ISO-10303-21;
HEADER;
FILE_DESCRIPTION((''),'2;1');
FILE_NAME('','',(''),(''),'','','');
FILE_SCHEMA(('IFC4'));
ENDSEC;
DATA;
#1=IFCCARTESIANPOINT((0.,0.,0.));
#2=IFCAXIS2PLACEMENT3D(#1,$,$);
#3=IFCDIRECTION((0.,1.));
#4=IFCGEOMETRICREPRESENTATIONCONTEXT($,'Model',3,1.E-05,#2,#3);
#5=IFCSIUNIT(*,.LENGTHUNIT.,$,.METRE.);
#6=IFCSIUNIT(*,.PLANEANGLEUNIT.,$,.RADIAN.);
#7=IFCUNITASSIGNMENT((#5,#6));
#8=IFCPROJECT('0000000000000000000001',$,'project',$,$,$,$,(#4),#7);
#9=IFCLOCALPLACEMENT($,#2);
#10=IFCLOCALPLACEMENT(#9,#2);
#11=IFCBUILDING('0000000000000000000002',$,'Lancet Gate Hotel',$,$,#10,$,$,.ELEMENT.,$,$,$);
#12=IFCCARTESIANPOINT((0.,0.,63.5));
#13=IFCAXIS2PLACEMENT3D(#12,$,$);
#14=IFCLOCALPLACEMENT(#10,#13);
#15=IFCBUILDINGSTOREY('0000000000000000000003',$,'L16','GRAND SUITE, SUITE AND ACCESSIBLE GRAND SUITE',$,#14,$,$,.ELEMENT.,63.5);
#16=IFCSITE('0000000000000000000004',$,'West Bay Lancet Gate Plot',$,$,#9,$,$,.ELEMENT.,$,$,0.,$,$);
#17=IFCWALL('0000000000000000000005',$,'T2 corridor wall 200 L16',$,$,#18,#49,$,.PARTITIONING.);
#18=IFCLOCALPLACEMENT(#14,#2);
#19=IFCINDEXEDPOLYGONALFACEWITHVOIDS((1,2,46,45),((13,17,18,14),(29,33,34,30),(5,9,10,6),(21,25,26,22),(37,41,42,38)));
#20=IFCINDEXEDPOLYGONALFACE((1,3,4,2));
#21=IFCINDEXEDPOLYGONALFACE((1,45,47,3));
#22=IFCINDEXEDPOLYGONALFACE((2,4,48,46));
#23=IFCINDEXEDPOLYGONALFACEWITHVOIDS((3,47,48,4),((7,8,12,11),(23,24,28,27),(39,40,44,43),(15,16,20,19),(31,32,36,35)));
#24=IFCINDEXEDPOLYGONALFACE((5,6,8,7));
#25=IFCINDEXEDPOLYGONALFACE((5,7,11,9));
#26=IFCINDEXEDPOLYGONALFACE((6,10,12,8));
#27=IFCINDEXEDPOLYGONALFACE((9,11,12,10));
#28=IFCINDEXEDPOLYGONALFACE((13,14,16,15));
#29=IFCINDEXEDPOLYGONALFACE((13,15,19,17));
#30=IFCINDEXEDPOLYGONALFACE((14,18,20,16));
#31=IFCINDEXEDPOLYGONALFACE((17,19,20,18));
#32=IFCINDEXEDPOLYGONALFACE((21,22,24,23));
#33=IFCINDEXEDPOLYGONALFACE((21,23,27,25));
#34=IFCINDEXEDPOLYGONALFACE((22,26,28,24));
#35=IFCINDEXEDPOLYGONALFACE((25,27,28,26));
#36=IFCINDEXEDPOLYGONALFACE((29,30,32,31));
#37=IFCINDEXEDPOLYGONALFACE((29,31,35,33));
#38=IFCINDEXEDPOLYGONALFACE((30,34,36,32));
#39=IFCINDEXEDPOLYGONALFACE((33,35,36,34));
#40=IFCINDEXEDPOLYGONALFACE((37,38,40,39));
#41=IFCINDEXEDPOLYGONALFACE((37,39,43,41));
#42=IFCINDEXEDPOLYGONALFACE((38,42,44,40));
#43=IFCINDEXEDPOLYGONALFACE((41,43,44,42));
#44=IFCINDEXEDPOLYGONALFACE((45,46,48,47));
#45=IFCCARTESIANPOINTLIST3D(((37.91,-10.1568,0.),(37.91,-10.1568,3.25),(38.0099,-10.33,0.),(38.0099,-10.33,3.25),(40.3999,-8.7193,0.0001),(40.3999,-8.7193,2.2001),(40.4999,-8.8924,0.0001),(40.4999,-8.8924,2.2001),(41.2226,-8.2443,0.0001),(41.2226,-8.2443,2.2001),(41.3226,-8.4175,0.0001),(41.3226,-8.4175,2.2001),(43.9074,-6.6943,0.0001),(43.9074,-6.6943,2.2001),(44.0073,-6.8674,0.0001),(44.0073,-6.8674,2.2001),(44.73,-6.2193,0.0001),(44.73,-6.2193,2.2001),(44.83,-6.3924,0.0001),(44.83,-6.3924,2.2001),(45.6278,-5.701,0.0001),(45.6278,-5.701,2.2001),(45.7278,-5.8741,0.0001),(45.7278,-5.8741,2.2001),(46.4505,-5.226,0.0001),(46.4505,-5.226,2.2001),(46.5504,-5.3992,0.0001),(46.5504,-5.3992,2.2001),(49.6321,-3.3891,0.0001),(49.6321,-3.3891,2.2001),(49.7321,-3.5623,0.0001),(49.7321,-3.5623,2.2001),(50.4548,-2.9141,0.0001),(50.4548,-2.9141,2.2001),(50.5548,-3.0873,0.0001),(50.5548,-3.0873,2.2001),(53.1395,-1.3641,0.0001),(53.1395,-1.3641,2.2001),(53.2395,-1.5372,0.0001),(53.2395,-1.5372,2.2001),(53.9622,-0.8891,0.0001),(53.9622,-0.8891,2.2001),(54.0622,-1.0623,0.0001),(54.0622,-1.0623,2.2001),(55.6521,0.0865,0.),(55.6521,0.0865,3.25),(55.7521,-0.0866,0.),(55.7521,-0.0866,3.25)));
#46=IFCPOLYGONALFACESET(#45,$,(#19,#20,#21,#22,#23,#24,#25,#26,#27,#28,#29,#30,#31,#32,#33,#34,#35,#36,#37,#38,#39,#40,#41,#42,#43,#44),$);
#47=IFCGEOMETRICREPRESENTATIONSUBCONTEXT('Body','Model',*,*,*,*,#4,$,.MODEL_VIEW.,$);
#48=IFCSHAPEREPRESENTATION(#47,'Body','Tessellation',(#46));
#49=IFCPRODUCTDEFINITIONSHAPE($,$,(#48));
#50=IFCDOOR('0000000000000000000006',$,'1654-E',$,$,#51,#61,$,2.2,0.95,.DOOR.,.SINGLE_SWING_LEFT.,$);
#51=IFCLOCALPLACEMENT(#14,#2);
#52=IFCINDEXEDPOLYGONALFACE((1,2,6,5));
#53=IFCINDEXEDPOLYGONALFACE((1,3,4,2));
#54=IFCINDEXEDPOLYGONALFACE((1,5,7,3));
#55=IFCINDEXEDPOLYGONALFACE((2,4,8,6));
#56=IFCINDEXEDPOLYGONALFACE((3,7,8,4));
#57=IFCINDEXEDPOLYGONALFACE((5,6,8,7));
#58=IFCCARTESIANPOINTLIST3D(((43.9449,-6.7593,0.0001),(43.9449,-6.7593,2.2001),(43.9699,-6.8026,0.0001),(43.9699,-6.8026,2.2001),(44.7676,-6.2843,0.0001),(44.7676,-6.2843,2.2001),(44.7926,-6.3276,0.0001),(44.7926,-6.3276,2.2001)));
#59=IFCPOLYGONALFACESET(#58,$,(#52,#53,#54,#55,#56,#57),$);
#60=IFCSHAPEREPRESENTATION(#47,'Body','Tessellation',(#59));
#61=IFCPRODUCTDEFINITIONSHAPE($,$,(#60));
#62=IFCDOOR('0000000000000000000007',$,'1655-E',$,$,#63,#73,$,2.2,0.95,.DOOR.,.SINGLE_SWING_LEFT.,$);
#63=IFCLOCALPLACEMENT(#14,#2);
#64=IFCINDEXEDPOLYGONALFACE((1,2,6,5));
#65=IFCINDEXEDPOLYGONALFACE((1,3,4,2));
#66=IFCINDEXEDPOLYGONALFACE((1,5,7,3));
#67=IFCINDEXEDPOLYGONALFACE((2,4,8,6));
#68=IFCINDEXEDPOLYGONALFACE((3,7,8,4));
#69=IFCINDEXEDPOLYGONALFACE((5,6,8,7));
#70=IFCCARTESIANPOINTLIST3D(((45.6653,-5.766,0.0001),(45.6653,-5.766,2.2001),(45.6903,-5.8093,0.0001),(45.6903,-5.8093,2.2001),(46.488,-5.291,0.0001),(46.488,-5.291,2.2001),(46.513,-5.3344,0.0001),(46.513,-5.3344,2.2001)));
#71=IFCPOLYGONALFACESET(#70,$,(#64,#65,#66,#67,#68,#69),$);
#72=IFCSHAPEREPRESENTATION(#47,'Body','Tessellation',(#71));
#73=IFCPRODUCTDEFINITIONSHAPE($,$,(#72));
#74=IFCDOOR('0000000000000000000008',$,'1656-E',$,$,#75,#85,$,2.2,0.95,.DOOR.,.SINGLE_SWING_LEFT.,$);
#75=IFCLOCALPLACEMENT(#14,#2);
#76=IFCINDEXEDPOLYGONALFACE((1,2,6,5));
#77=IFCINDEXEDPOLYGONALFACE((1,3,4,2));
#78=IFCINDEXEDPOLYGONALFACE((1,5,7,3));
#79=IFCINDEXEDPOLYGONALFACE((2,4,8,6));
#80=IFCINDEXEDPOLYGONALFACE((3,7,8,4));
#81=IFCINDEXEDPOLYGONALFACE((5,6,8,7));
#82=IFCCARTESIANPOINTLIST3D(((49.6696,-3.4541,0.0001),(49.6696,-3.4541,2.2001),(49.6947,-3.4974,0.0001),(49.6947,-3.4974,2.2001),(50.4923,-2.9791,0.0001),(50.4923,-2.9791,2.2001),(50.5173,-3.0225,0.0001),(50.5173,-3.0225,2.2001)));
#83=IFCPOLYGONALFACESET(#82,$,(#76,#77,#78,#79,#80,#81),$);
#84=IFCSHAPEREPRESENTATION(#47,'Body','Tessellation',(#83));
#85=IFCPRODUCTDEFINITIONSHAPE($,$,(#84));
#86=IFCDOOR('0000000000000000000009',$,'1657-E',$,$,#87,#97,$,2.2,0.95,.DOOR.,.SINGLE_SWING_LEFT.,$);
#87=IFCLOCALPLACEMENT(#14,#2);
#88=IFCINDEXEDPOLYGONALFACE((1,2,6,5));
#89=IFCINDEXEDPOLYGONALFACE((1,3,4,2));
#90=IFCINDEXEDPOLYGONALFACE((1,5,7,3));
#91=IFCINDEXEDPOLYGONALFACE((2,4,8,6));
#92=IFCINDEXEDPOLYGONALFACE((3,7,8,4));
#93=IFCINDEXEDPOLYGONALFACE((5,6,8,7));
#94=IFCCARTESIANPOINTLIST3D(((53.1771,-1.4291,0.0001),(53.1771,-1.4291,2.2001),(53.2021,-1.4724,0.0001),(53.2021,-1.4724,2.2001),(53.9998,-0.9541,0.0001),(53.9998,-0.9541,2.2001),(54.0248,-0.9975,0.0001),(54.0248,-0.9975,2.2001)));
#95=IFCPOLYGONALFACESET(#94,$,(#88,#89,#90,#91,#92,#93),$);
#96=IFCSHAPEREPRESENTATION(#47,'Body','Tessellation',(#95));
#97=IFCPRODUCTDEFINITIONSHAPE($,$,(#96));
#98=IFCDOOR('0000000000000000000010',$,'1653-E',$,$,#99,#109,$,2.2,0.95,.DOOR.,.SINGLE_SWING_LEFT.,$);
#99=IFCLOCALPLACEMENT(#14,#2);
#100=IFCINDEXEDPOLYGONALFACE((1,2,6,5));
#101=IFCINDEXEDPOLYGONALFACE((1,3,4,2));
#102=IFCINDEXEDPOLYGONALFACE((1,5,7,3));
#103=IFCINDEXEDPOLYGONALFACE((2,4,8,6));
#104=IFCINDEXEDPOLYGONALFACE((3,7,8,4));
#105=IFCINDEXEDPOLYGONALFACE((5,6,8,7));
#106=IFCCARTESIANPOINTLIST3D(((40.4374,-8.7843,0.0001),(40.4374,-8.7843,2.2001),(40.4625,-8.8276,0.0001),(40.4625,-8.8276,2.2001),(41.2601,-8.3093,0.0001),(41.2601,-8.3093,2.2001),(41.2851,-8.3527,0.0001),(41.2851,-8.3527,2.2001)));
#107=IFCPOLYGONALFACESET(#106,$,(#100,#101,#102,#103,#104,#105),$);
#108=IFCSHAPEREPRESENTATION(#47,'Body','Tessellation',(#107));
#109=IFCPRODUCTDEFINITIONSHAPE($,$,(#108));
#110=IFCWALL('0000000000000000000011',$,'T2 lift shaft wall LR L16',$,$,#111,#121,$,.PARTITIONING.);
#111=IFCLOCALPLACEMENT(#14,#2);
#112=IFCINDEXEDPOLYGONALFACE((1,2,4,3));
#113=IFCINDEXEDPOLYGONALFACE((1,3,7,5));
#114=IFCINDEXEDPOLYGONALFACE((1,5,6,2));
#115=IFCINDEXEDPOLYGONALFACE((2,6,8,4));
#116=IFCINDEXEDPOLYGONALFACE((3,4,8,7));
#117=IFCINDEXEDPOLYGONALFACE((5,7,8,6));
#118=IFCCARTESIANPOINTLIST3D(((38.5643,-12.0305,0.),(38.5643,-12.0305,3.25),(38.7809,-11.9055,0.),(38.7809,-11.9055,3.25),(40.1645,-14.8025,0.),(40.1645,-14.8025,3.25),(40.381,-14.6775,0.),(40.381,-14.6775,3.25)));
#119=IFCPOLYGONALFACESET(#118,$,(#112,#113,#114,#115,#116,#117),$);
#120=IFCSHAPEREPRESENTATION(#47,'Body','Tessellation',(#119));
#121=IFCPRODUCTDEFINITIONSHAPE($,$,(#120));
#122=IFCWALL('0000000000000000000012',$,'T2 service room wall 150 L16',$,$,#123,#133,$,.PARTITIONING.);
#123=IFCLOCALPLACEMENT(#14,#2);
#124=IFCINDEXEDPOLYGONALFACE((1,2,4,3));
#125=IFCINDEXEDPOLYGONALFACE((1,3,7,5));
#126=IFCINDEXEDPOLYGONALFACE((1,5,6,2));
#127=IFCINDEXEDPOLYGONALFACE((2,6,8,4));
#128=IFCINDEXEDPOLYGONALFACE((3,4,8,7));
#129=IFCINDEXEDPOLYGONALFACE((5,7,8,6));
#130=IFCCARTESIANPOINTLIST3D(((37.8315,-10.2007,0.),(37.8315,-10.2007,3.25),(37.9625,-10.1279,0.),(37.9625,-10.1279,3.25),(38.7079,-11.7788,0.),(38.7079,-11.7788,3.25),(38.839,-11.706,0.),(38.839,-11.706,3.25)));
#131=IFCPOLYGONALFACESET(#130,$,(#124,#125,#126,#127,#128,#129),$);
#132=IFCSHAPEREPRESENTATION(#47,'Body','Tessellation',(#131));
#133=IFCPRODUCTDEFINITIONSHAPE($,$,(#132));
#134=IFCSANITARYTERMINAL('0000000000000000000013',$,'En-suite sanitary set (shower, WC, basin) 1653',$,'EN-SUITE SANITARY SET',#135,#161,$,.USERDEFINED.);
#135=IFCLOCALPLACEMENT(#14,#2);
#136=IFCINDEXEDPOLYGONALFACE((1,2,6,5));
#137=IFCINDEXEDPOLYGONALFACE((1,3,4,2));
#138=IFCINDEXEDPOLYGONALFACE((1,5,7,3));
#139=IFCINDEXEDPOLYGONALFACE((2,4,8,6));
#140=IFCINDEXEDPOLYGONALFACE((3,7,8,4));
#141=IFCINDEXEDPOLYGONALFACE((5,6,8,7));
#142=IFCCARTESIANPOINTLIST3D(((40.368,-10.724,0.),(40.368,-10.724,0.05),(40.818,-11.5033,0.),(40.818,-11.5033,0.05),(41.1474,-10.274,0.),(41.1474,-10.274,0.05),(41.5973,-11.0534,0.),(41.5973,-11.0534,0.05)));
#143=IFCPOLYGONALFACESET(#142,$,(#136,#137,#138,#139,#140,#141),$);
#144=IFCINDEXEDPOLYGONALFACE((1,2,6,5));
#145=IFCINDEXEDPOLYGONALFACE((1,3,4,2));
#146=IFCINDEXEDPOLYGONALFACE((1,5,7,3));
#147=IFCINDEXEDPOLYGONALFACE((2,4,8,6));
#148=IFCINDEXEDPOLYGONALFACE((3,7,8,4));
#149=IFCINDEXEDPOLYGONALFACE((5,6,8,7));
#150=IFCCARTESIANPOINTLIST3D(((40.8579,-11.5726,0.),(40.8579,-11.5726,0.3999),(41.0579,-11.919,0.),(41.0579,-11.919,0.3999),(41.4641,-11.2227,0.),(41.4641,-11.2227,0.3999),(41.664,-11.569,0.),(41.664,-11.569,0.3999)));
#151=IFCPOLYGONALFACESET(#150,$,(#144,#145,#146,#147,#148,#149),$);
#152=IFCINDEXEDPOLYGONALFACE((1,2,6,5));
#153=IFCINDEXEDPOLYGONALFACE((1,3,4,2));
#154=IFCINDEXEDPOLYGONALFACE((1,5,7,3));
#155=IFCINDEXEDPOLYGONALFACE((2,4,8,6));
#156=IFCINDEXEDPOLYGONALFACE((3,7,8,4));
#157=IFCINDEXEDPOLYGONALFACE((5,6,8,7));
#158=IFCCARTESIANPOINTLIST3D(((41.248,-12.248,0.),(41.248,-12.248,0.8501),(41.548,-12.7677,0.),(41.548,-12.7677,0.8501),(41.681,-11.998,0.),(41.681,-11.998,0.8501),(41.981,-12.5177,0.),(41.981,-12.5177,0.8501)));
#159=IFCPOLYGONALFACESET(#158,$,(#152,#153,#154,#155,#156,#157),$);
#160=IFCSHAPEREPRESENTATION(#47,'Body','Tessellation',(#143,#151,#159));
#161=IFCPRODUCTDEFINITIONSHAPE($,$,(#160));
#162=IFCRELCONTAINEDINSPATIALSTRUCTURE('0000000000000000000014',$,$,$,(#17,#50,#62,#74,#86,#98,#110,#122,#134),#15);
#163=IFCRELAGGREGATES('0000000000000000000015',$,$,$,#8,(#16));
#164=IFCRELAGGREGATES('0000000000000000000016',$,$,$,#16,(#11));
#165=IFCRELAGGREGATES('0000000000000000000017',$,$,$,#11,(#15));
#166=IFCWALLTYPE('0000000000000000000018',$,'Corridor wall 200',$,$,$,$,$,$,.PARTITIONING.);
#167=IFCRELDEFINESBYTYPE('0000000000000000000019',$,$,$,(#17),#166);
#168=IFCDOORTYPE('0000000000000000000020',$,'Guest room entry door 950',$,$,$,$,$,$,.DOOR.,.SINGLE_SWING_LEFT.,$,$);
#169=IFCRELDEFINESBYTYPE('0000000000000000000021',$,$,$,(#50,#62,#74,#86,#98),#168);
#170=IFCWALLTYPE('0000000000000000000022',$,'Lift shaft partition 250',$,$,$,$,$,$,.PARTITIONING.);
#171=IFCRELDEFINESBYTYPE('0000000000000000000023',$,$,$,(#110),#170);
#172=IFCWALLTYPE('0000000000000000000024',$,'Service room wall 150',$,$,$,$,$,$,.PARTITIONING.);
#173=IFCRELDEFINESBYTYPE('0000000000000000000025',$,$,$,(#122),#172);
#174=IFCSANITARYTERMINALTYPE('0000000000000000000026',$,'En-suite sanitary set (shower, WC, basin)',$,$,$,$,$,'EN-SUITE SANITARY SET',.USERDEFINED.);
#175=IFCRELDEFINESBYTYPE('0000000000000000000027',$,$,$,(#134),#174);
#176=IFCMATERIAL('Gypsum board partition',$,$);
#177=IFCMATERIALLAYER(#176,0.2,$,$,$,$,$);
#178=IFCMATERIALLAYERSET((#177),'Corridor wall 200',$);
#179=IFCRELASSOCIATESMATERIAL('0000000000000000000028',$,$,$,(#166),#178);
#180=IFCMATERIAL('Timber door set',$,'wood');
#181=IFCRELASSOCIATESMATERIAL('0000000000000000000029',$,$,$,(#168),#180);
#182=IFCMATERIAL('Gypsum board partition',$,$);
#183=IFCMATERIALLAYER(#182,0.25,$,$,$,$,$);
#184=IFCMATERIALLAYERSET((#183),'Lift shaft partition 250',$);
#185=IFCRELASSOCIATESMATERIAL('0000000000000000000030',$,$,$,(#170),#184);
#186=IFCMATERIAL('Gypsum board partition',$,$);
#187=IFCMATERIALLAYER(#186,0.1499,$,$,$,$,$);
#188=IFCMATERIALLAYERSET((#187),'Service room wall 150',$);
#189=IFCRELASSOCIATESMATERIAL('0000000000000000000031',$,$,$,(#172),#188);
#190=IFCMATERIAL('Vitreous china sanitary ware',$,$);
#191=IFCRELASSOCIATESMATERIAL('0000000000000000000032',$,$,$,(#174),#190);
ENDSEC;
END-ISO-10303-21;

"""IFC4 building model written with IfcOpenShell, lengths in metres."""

from ifc_helpers import new_model, si_unit, direction, frame, frame_2d, origin, origin_2d, place, context, subcontext, project, spatial, rectangle, extrude, material, layer, layer_set, type_object, element, fill, save


model = new_model("IFC4")

# Units and contexts
model_context = context("Model", 3, precision=1e-05, world=origin(), true_north=direction((0.0, 1.0)))
body_context = subcontext(model_context, "Body", "Model", "MODEL_VIEW")
ifc_project = project(units=[si_unit("LENGTHUNIT", "METRE"), si_unit("PLANEANGLEUNIT", "RADIAN")], contexts=[model_context])

# Site, building, storey
site_placement = place(None, origin())
site = spatial("IfcSite", under=ifc_project, at=site_placement, Name="West Bay Lancet Gate Plot", CompositionType="ELEMENT", RefElevation=0.0)
building_placement = place(site_placement, origin())
building = spatial("IfcBuilding", under=site, at=building_placement, Name="Lancet Gate Hotel", CompositionType="ELEMENT")
storey_placement = place(building_placement, frame((0.0, 0.0, 63.5)))
storey = spatial("IfcBuildingStorey", under=building, at=storey_placement, Name="L16", Description="GRAND SUITE, SUITE AND ACCESSIBLE GRAND SUITE", CompositionType="ELEMENT", Elevation=63.5)

# Wall, openings, doors
ifc_material_1 = material(Name="Gypsum board partition")
ifc_layer_1 = layer(ifc_material_1, 0.2)
ifc_layer_set_1 = layer_set([ifc_layer_1], Name="Corridor wall 200")
wall_type_1 = type_object("IfcWallType", Name="Corridor wall 200", PredefinedType="PARTITIONING", material=ifc_layer_set_1)
wall_1_placement = place(storey_placement, frame((37.96, -10.2434, 0.0), z_axis=(0.0, 0.0, 1.0), x_axis=(0.866026, 0.499998, 0.0)))
wall_1 = element("IfcWall", 1, at=wall_1_placement, inside=storey, type_object=wall_type_1, Name="T2 corridor wall 200 L16", PredefinedType="PARTITIONING", context=body_context, shape_type="SweptSolid", body=[
    extrude(rectangle(XDim=20.4868, YDim=0.2, at=frame_2d((10.2434, 0.0))), origin(), (0.0, 0.0, 1.0), 3.25),
])
opening_1_placement = place(wall_1_placement, frame((6.925, 0.0, 0.0)))
opening_1 = element("IfcOpeningElement", 2, at=opening_1_placement, cuts=wall_1, PredefinedType="OPENING", context=body_context, shape_type="SweptSolid", body=[
    extrude(rectangle(XDim=0.95, YDim=2.2, at=frame_2d((0.4751, 1.1001))), frame((0.0, 0.1099, 0.0), z_axis=(0.0, -1.0, 0.0), x_axis=(1.0, 0.0, 0.0)), (0.0, 0.0, 1.0), 0.22),
])
opening_2_placement = place(wall_1_placement, frame((8.9116, 0.0, 0.0)))
opening_2 = element("IfcOpeningElement", 3, at=opening_2_placement, cuts=wall_1, PredefinedType="OPENING", context=body_context, shape_type="SweptSolid", body=[
    extrude(rectangle(XDim=0.95, YDim=2.2, at=frame_2d((0.4751, 1.1001))), frame((0.0, 0.1099, 0.0), z_axis=(0.0, -1.0, 0.0), x_axis=(1.0, 0.0, 0.0)), (0.0, 0.0, 1.0), 0.22),
])
opening_3_placement = place(wall_1_placement, frame((13.5354, 0.0, 0.0)))
opening_3 = element("IfcOpeningElement", 4, at=opening_3_placement, cuts=wall_1, PredefinedType="OPENING", context=body_context, shape_type="SweptSolid", body=[
    extrude(rectangle(XDim=0.95, YDim=2.2, at=frame_2d((0.4751, 1.1001))), frame((0.0, 0.1099, 0.0), z_axis=(0.0, -1.0, 0.0), x_axis=(1.0, 0.0, 0.0)), (0.0, 0.0, 1.0), 0.22),
])
opening_4_placement = place(wall_1_placement, frame((17.5854, 0.0, 0.0)))
opening_4 = element("IfcOpeningElement", 5, at=opening_4_placement, cuts=wall_1, PredefinedType="OPENING", context=body_context, shape_type="SweptSolid", body=[
    extrude(rectangle(XDim=0.95, YDim=2.2, at=frame_2d((0.4751, 1.1001))), frame((0.0, 0.1099, 0.0), z_axis=(0.0, -1.0, 0.0), x_axis=(1.0, 0.0, 0.0)), (0.0, 0.0, 1.0), 0.22),
])
opening_5_placement = place(wall_1_placement, frame((2.875, 0.0, 0.0)))
opening_5 = element("IfcOpeningElement", 6, at=opening_5_placement, cuts=wall_1, PredefinedType="OPENING", context=body_context, shape_type="SweptSolid", body=[
    extrude(rectangle(XDim=0.95, YDim=2.2, at=frame_2d((0.4751, 1.1001))), frame((0.0, 0.1099, 0.0), z_axis=(0.0, -1.0, 0.0), x_axis=(1.0, 0.0, 0.0)), (0.0, 0.0, 1.0), 0.22),
])
ifc_material_2 = material(Name="Timber door set", Category="wood")
door_type_1 = type_object("IfcDoorType", Name="Guest room entry door 950", OperationType="SINGLE_SWING_LEFT", PredefinedType="DOOR", material=ifc_material_2)
door_1_placement = place(opening_1_placement, origin())
door_1 = element("IfcDoor", 7, at=door_1_placement, inside=storey, type_object=door_type_1, Name="1654-E", OperationType="SINGLE_SWING_LEFT", OverallHeight=2.2, OverallWidth=0.95, PredefinedType="DOOR", context=body_context, shape_type="SweptSolid", body=[
    extrude(rectangle(XDim=0.95, YDim=2.2, at=frame_2d((0.4751, 1.1001))), frame((0.0, 0.0249, 0.0), z_axis=(0.0, -1.0, 0.0), x_axis=(1.0, 0.0, 0.0)), (0.0, 0.0, 1.0), 0.05),
])
fill(opening_1, door_1)
door_2_placement = place(opening_2_placement, origin())
door_2 = element("IfcDoor", 8, at=door_2_placement, inside=storey, type_object=door_type_1, Name="1655-E", OperationType="SINGLE_SWING_LEFT", OverallHeight=2.2, OverallWidth=0.95, PredefinedType="DOOR", context=body_context, shape_type="SweptSolid", body=[
    extrude(rectangle(XDim=0.95, YDim=2.2, at=frame_2d((0.4751, 1.1001))), frame((0.0, 0.0249, 0.0), z_axis=(0.0, -1.0, 0.0), x_axis=(1.0, 0.0, 0.0)), (0.0, 0.0, 1.0), 0.05),
])
fill(opening_2, door_2)
door_3_placement = place(opening_3_placement, origin())
door_3 = element("IfcDoor", 9, at=door_3_placement, inside=storey, type_object=door_type_1, Name="1656-E", OperationType="SINGLE_SWING_LEFT", OverallHeight=2.2, OverallWidth=0.95, PredefinedType="DOOR", context=body_context, shape_type="SweptSolid", body=[
    extrude(rectangle(XDim=0.95, YDim=2.2, at=frame_2d((0.4751, 1.1001))), frame((0.0, 0.0249, 0.0), z_axis=(0.0, -1.0, 0.0), x_axis=(1.0, 0.0, 0.0)), (0.0, 0.0, 1.0), 0.05),
])
fill(opening_3, door_3)
door_4_placement = place(opening_4_placement, origin())
door_4 = element("IfcDoor", 10, at=door_4_placement, inside=storey, type_object=door_type_1, Name="1657-E", OperationType="SINGLE_SWING_LEFT", OverallHeight=2.2, OverallWidth=0.95, PredefinedType="DOOR", context=body_context, shape_type="SweptSolid", body=[
    extrude(rectangle(XDim=0.95, YDim=2.2, at=frame_2d((0.4751, 1.1001))), frame((0.0, 0.0249, 0.0), z_axis=(0.0, -1.0, 0.0), x_axis=(1.0, 0.0, 0.0)), (0.0, 0.0, 1.0), 0.05),
])
fill(opening_4, door_4)
door_5_placement = place(opening_5_placement, origin())
door_5 = element("IfcDoor", 11, at=door_5_placement, inside=storey, type_object=door_type_1, Name="1653-E", OperationType="SINGLE_SWING_LEFT", OverallHeight=2.2, OverallWidth=0.95, PredefinedType="DOOR", context=body_context, shape_type="SweptSolid", body=[
    extrude(rectangle(XDim=0.95, YDim=2.2, at=frame_2d((0.4751, 1.1001))), frame((0.0, 0.0249, 0.0), z_axis=(0.0, -1.0, 0.0), x_axis=(1.0, 0.0, 0.0)), (0.0, 0.0, 1.0), 0.05),
])
fill(opening_5, door_5)

# Walls
ifc_material_3 = material(Name="Gypsum board partition")
ifc_layer_2 = layer(ifc_material_3, 0.25)
ifc_layer_set_2 = layer_set([ifc_layer_2], Name="Lift shaft partition 250")
wall_type_2 = type_object("IfcWallType", Name="Lift shaft partition 250", PredefinedType="PARTITIONING", material=ifc_layer_set_2)
wall_2_placement = place(storey_placement, frame((38.6726, -11.968, 0.0), z_axis=(0.0, 0.0, 1.0), x_axis=(0.499929, -0.866066, 0.0)))
element("IfcWall", 12, at=wall_2_placement, inside=storey, type_object=wall_type_2, Name="T2 lift shaft wall LR L16", PredefinedType="PARTITIONING", context=body_context, shape_type="SweptSolid", body=[
    extrude(rectangle(XDim=3.2007, YDim=0.25, at=frame_2d((1.6003, 0.0))), origin(), (0.0, 0.0, 1.0), 3.25),
])
ifc_material_4 = material(Name="Gypsum board partition")
ifc_layer_3 = layer(ifc_material_4, 0.1499)
ifc_layer_set_3 = layer_set([ifc_layer_3], Name="Service room wall 150")
wall_type_3 = type_object("IfcWallType", Name="Service room wall 150", PredefinedType="PARTITIONING", material=ifc_layer_set_3)
wall_3_placement = place(storey_placement, frame((38.7734, -11.7424, 0.0), z_axis=(0.0, 0.0, 1.0), x_axis=(-0.485528, 0.874221, 0.0)))
element("IfcWall", 13, at=wall_3_placement, inside=storey, type_object=wall_type_3, Name="T2 service room wall 150 L16", PredefinedType="PARTITIONING", context=body_context, shape_type="SweptSolid", body=[
    extrude(rectangle(XDim=1.8052, YDim=0.1499, at=frame_2d((0.9026, 0.0))), origin(), (0.0, 0.0, 1.0), 3.25),
])

# Sanitary terminal
ifc_material_5 = material(Name="Vitreous china sanitary ware")
sanitary_terminal_type = type_object("IfcSanitaryTerminalType", Name="En-suite sanitary set (shower, WC, basin)", ElementType="EN-SUITE SANITARY SET", PredefinedType="USERDEFINED", material=ifc_material_5)
sanitary_terminal_placement = place(storey_placement, frame((40.9827, -10.8887, 0.0), z_axis=(0.0, 0.0, 1.0), x_axis=(1.0, 0.0, 0.0)))
element("IfcSanitaryTerminal", 14, at=sanitary_terminal_placement, inside=storey, type_object=sanitary_terminal_type, Name="En-suite sanitary set (shower, WC, basin) 1653", ObjectType="EN-SUITE SANITARY SET", PredefinedType="USERDEFINED", context=body_context, shape_type="SweptSolid", body=[
    extrude(rectangle(XDim=0.8999, YDim=0.8999, at=origin_2d()), frame((0.0, 0.0, 0.0), z_axis=(0.0, 0.0, 1.0), x_axis=(-0.5, 0.866025, 0.0)), (0.0, 0.0, 1.0), 0.05),
    extrude(rectangle(XDim=0.3999, YDim=0.7, at=origin_2d()), frame((0.2783, -0.6821, 0.0), z_axis=(0.0, 0.0, 1.0), x_axis=(-0.5, 0.866025, 0.0)), (0.0, 0.0, 1.0), 0.3999),
    extrude(rectangle(XDim=0.6001, YDim=0.5, at=origin_2d()), frame((0.6318, -1.4941, 0.0), z_axis=(0.0, 0.0, 1.0), x_axis=(-0.5, 0.866025, 0.0)), (0.0, 0.0, 1.0), 0.8501),
])

save(model, "model.ifc")
